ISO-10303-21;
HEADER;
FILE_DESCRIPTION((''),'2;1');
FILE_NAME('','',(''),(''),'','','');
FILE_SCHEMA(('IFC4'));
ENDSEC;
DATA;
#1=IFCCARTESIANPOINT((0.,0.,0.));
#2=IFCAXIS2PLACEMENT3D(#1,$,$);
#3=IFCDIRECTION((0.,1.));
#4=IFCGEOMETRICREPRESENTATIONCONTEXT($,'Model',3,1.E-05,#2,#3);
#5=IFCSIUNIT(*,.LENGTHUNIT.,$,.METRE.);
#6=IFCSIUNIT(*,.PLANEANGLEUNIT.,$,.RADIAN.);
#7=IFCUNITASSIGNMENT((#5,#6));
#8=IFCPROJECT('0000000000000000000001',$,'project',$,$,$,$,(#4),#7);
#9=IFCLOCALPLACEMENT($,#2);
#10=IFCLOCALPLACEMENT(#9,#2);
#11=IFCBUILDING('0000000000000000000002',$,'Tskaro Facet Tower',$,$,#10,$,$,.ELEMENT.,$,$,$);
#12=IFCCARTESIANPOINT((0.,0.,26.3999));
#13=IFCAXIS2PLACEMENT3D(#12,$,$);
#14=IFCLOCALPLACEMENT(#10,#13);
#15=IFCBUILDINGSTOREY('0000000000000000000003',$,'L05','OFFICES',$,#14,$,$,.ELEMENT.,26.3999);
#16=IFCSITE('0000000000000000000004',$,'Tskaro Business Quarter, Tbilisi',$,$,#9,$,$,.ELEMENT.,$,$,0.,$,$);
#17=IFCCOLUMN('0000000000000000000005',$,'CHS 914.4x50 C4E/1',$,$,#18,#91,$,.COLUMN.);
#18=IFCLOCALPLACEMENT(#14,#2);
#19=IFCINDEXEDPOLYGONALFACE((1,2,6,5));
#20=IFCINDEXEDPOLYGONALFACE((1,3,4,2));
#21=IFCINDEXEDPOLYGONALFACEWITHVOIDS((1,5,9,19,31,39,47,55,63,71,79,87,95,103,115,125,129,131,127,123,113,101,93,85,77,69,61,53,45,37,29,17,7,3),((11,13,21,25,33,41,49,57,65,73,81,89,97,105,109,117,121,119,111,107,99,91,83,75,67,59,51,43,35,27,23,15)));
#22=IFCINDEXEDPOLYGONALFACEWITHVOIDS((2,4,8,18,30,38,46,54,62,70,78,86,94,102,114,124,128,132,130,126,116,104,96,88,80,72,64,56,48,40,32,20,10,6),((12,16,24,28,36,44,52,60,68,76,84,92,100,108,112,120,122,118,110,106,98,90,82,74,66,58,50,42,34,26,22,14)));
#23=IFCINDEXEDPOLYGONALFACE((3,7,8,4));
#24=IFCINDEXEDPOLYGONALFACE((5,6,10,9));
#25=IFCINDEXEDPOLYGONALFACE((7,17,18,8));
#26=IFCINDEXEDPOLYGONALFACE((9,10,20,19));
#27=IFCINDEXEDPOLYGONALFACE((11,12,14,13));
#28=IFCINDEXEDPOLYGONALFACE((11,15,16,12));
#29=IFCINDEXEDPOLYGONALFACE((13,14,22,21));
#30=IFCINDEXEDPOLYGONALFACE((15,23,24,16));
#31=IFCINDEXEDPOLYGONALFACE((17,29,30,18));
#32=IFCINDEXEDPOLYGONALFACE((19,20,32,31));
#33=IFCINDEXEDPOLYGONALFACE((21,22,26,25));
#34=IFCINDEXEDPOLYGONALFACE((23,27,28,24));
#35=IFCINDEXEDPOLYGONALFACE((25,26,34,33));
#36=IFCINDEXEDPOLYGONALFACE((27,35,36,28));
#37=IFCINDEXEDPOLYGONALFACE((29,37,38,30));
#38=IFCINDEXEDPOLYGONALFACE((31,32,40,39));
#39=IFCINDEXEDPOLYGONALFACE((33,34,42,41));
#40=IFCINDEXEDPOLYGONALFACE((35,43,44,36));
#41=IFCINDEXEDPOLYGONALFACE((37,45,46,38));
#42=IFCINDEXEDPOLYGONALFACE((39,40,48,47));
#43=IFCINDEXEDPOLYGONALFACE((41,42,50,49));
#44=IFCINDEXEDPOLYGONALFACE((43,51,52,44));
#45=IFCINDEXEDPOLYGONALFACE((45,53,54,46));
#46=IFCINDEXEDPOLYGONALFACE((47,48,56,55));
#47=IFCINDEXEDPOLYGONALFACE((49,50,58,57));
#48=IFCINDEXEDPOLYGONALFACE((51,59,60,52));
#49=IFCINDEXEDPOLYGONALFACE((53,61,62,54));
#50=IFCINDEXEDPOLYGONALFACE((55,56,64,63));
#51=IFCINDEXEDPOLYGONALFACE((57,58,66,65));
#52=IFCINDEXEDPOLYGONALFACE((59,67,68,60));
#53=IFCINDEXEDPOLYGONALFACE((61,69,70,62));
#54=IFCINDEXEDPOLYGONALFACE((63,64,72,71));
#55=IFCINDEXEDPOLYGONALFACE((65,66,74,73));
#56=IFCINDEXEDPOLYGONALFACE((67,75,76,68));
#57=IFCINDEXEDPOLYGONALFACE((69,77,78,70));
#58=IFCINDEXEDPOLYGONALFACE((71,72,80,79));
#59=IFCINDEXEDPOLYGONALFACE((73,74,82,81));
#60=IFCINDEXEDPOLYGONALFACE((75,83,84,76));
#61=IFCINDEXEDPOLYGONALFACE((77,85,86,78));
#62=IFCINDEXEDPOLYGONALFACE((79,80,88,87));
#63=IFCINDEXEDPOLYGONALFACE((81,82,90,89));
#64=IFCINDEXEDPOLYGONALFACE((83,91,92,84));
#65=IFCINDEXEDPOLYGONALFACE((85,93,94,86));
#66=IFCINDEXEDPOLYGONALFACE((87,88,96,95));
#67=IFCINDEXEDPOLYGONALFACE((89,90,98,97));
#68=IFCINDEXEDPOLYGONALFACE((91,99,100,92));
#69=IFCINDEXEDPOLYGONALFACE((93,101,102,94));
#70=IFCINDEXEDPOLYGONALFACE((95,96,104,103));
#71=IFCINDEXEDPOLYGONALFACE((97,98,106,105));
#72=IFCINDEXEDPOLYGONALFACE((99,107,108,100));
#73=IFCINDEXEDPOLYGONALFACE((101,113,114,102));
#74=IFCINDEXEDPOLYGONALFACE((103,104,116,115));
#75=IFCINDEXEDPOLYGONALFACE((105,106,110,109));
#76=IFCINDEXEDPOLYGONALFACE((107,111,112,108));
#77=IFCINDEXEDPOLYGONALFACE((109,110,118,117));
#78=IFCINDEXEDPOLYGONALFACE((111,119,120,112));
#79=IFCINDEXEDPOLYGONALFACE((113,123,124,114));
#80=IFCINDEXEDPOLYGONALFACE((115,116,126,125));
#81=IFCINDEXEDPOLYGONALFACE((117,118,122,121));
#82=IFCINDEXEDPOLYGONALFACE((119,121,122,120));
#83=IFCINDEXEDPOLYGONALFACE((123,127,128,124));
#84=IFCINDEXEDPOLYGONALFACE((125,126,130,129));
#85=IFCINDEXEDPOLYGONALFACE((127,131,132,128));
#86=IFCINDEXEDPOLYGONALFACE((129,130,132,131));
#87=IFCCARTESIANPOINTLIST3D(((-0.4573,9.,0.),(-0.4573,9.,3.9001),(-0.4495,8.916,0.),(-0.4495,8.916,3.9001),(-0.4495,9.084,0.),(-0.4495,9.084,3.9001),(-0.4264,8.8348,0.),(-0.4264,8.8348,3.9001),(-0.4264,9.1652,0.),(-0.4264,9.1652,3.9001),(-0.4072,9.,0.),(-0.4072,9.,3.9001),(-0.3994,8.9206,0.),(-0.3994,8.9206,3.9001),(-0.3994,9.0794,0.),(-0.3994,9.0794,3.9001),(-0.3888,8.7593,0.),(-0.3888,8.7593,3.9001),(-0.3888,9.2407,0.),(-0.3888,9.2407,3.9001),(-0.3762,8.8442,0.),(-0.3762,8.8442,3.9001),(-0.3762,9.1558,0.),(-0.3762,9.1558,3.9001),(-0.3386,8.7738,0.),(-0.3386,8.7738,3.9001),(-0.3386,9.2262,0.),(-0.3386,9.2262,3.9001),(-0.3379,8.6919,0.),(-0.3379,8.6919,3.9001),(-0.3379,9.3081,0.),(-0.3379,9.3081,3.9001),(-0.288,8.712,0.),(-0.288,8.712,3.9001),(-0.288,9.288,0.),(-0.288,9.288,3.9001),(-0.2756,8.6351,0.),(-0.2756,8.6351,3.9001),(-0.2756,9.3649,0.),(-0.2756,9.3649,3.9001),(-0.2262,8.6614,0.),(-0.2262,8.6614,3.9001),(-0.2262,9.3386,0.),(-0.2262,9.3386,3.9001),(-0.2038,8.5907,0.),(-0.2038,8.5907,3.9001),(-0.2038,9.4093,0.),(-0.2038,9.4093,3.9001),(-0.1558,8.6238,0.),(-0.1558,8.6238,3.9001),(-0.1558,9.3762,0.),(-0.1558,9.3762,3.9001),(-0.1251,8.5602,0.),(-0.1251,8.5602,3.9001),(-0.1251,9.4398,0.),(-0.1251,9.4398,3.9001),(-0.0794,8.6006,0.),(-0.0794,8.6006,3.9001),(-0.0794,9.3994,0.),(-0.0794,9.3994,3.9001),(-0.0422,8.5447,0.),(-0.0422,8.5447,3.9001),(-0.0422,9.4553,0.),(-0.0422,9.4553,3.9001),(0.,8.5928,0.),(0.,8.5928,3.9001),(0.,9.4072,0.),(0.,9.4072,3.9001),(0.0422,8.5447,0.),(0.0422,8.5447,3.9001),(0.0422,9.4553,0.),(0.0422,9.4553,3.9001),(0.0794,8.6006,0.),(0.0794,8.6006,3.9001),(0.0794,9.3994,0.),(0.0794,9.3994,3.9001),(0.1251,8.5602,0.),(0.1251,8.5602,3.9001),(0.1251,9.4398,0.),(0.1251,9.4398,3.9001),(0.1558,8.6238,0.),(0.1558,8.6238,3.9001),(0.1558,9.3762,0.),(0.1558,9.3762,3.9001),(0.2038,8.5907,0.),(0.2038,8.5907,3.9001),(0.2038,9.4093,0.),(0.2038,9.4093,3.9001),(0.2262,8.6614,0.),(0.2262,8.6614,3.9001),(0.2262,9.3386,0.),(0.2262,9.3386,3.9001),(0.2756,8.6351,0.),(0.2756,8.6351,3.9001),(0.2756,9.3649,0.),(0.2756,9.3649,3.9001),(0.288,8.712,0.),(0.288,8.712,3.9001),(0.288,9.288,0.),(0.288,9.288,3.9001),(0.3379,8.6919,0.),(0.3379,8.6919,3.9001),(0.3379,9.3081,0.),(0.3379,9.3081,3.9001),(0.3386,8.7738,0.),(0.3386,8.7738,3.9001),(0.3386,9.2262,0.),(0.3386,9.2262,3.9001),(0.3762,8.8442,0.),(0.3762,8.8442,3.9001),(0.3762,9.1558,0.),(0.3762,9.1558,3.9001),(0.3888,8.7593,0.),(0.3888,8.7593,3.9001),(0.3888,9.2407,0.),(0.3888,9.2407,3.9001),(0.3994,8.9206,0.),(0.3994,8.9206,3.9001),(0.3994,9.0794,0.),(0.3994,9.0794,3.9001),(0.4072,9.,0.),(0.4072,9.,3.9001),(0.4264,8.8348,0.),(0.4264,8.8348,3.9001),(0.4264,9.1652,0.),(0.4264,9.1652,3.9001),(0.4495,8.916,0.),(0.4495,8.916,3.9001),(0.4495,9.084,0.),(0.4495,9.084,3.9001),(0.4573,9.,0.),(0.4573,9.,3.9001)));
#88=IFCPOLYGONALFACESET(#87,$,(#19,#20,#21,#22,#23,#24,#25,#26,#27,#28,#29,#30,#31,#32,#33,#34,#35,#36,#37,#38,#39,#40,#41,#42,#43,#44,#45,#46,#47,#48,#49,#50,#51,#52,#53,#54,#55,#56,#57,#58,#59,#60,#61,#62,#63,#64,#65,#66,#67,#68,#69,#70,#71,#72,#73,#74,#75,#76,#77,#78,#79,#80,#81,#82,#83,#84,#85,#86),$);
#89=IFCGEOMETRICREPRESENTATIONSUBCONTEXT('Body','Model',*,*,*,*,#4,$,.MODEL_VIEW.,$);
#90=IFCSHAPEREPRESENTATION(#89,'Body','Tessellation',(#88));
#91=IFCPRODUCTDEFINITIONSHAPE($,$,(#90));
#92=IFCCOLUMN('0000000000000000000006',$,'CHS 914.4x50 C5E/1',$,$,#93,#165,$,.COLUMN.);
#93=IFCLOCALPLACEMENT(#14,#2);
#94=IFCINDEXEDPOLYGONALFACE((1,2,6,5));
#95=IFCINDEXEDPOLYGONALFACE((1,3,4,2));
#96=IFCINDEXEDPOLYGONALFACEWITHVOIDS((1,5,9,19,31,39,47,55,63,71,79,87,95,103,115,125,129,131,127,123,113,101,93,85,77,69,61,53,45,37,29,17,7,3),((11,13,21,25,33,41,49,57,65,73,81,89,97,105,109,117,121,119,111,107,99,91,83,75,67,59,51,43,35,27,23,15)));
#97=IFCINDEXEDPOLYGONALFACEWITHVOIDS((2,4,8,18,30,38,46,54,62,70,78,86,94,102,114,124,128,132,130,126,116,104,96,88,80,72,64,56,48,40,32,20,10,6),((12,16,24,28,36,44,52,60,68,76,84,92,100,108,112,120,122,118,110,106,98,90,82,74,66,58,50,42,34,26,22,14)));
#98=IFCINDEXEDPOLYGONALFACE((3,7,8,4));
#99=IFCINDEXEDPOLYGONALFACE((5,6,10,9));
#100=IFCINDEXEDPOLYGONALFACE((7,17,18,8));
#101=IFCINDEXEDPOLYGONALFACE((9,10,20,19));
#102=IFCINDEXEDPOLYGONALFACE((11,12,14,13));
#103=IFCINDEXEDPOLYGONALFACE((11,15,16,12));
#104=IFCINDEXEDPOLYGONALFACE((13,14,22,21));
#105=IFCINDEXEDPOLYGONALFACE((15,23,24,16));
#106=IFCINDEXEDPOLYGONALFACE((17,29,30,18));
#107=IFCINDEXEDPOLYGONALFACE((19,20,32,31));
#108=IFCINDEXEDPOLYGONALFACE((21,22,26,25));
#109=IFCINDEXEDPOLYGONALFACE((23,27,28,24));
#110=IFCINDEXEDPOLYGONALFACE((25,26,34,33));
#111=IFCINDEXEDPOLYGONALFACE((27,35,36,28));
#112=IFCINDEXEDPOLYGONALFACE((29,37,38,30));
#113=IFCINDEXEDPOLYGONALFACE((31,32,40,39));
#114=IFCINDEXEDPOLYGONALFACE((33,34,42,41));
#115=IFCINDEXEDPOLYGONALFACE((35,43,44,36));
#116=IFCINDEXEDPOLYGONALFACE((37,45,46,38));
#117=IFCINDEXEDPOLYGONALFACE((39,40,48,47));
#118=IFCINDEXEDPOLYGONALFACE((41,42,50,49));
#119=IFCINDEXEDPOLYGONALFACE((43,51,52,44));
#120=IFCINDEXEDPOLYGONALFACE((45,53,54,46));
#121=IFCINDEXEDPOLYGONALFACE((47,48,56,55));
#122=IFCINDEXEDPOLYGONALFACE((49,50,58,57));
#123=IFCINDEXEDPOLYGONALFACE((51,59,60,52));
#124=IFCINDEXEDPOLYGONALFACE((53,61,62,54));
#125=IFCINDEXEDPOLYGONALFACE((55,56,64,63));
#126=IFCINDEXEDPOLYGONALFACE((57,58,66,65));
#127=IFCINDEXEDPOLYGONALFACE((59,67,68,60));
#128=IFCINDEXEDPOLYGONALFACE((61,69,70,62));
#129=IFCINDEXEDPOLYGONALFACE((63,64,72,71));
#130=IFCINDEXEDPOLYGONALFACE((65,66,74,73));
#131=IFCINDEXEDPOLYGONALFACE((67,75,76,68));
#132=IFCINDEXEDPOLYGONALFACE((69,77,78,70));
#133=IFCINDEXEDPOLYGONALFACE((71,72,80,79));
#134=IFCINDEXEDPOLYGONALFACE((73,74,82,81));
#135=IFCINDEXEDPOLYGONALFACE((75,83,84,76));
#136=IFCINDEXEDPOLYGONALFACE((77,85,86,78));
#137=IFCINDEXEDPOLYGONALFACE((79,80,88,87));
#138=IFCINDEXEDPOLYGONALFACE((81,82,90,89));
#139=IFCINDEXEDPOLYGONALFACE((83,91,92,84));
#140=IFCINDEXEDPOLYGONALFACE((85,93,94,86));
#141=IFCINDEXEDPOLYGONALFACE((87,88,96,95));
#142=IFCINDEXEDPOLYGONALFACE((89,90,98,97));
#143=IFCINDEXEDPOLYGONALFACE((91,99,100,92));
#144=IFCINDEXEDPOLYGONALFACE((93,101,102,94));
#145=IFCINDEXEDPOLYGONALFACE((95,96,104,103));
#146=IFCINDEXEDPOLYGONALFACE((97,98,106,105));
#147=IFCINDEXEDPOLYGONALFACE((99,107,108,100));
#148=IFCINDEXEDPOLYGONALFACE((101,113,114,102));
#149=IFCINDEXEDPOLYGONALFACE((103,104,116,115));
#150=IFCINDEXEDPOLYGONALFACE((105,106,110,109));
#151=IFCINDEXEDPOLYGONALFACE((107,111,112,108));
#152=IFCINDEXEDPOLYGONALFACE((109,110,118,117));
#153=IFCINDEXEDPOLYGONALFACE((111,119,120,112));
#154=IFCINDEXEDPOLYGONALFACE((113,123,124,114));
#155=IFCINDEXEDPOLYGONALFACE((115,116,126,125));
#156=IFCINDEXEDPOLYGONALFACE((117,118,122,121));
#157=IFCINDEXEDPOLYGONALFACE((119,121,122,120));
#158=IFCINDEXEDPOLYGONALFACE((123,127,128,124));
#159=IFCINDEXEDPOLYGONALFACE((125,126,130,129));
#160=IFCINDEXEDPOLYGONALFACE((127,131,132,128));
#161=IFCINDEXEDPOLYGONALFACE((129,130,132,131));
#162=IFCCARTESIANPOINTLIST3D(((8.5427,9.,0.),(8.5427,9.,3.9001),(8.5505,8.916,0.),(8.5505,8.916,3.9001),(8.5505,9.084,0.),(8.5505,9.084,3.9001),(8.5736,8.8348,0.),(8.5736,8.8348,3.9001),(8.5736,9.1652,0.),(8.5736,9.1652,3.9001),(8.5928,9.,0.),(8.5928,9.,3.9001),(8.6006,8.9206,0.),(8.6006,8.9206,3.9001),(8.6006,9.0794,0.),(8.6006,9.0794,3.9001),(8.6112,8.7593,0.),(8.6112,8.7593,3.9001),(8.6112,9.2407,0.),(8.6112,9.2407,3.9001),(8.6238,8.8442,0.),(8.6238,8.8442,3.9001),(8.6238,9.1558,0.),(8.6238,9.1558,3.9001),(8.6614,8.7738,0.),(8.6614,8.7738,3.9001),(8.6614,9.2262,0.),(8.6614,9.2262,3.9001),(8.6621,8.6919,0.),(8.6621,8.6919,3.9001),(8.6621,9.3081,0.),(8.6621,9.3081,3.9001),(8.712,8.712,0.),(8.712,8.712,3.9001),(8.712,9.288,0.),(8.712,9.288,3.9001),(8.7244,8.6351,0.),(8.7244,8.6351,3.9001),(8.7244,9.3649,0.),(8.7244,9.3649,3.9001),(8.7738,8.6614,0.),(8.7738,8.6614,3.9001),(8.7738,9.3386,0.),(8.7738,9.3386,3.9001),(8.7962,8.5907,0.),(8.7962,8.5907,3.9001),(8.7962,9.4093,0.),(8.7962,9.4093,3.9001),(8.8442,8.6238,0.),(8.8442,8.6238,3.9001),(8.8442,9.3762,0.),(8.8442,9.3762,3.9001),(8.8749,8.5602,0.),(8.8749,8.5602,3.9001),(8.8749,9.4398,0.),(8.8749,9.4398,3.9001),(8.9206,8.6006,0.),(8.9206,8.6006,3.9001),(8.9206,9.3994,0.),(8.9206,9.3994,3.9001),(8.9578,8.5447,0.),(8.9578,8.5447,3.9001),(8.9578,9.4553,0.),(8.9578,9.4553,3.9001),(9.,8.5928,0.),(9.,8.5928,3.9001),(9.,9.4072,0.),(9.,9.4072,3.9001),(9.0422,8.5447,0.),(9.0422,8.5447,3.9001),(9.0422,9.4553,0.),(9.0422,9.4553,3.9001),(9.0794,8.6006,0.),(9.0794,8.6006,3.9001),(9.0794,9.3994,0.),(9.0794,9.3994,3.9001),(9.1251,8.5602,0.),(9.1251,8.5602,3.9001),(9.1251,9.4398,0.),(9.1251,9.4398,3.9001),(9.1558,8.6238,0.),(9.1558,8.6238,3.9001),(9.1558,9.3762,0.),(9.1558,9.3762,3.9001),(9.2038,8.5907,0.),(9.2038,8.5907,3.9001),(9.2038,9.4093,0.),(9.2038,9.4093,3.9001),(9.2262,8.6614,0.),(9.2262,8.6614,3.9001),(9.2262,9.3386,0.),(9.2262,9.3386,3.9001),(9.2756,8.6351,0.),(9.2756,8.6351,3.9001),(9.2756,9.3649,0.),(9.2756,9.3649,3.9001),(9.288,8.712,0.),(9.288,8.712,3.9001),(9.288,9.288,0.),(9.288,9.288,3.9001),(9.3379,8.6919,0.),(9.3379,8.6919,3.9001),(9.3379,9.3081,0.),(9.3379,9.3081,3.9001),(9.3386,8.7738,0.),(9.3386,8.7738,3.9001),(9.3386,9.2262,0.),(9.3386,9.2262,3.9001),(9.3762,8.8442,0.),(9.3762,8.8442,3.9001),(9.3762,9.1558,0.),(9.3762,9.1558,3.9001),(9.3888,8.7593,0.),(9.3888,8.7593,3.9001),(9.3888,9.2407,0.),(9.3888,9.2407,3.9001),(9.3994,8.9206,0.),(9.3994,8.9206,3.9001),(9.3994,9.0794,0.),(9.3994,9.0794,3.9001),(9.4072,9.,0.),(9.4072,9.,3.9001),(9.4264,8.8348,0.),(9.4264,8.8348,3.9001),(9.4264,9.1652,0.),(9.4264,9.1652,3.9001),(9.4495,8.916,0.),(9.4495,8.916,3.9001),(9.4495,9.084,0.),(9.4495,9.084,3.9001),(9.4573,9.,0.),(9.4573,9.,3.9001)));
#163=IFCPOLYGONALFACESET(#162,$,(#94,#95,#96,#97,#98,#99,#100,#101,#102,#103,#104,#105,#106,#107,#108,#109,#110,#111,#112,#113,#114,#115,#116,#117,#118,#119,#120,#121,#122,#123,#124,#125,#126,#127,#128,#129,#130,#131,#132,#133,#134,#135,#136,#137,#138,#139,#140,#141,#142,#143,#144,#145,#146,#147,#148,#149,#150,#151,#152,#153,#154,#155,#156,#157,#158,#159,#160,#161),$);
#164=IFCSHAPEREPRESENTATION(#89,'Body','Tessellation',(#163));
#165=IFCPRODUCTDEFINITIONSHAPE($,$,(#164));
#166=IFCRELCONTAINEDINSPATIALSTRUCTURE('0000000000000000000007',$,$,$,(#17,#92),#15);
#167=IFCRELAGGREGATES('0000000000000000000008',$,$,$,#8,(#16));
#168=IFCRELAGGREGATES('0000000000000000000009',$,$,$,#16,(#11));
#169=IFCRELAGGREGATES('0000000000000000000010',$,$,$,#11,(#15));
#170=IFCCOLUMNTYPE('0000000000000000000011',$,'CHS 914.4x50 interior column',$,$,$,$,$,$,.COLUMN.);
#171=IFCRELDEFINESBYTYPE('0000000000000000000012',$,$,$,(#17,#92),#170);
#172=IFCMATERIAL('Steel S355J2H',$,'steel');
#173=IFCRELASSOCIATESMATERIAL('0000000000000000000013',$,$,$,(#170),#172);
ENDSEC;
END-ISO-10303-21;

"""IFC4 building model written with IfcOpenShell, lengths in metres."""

from ifc_helpers import new_model, si_unit, direction, frame, origin, origin_2d, place, context, subcontext, project, spatial, hollow_circle, extrude, material, material_profile, profile_set, type_object, element, save


model = new_model("IFC4")

# Units and contexts
model_context = context("Model", 3, precision=1e-05, world=origin(), true_north=direction((0.0, 1.0)))
body_context = subcontext(model_context, "Body", "Model", "MODEL_VIEW")
ifc_project = project(units=[si_unit("LENGTHUNIT", "METRE"), si_unit("PLANEANGLEUNIT", "RADIAN")], contexts=[model_context])

# Site, building, storey
site_placement = place(None, origin())
site = spatial("IfcSite", under=ifc_project, at=site_placement, Name="Tskaro Business Quarter, Tbilisi", CompositionType="ELEMENT", RefElevation=0.0)
building_placement = place(site_placement, origin())
building = spatial("IfcBuilding", under=site, at=building_placement, Name="Tskaro Facet Tower", CompositionType="ELEMENT")
storey_placement = place(building_placement, frame((0.0, 0.0, 26.3999)))
storey = spatial("IfcBuildingStorey", under=building, at=storey_placement, Name="L05", Description="OFFICES", CompositionType="ELEMENT", Elevation=26.3999)

# Columns
ifc_material_1 = material(Name="Steel S355J2H", Category="steel")
ifc_material_profile_1 = material_profile(ifc_material_1, hollow_circle(Radius=0.4573, WallThickness=0.05, at=origin_2d()), Name="CHS 914.4x50")
ifc_profile_set_1 = profile_set([ifc_material_profile_1], Name="Steel S355J2H")
column_type = type_object("IfcColumnType", Name="CHS 914.4x50 interior column", PredefinedType="COLUMN", material=ifc_profile_set_1)
for number, where, z_axis, x_axis, name in (
    (1, (0.0, 9.0, 0.0), (0.0, 0.0, 1.0), (1.0, 0.0, 0.0), "CHS 914.4x50 C4E/1"),
    (2, (9.0, 9.0, 0.0), (0.0, 0.0, 1.0), (1.0, 0.0, 0.0), "CHS 914.4x50 C5E/1"),
):
    element("IfcColumn", number, at=place(storey_placement, frame(where, z_axis=z_axis, x_axis=x_axis)), inside=storey, type_object=column_type, Name=name, PredefinedType="COLUMN", context=body_context, shape_type="SweptSolid", body=[
        extrude(hollow_circle(Radius=0.4573, WallThickness=0.05, at=origin_2d()), origin(), (0.0, 0.0, 1.0), 3.9001),
    ])

save(model, "model.ifc")
